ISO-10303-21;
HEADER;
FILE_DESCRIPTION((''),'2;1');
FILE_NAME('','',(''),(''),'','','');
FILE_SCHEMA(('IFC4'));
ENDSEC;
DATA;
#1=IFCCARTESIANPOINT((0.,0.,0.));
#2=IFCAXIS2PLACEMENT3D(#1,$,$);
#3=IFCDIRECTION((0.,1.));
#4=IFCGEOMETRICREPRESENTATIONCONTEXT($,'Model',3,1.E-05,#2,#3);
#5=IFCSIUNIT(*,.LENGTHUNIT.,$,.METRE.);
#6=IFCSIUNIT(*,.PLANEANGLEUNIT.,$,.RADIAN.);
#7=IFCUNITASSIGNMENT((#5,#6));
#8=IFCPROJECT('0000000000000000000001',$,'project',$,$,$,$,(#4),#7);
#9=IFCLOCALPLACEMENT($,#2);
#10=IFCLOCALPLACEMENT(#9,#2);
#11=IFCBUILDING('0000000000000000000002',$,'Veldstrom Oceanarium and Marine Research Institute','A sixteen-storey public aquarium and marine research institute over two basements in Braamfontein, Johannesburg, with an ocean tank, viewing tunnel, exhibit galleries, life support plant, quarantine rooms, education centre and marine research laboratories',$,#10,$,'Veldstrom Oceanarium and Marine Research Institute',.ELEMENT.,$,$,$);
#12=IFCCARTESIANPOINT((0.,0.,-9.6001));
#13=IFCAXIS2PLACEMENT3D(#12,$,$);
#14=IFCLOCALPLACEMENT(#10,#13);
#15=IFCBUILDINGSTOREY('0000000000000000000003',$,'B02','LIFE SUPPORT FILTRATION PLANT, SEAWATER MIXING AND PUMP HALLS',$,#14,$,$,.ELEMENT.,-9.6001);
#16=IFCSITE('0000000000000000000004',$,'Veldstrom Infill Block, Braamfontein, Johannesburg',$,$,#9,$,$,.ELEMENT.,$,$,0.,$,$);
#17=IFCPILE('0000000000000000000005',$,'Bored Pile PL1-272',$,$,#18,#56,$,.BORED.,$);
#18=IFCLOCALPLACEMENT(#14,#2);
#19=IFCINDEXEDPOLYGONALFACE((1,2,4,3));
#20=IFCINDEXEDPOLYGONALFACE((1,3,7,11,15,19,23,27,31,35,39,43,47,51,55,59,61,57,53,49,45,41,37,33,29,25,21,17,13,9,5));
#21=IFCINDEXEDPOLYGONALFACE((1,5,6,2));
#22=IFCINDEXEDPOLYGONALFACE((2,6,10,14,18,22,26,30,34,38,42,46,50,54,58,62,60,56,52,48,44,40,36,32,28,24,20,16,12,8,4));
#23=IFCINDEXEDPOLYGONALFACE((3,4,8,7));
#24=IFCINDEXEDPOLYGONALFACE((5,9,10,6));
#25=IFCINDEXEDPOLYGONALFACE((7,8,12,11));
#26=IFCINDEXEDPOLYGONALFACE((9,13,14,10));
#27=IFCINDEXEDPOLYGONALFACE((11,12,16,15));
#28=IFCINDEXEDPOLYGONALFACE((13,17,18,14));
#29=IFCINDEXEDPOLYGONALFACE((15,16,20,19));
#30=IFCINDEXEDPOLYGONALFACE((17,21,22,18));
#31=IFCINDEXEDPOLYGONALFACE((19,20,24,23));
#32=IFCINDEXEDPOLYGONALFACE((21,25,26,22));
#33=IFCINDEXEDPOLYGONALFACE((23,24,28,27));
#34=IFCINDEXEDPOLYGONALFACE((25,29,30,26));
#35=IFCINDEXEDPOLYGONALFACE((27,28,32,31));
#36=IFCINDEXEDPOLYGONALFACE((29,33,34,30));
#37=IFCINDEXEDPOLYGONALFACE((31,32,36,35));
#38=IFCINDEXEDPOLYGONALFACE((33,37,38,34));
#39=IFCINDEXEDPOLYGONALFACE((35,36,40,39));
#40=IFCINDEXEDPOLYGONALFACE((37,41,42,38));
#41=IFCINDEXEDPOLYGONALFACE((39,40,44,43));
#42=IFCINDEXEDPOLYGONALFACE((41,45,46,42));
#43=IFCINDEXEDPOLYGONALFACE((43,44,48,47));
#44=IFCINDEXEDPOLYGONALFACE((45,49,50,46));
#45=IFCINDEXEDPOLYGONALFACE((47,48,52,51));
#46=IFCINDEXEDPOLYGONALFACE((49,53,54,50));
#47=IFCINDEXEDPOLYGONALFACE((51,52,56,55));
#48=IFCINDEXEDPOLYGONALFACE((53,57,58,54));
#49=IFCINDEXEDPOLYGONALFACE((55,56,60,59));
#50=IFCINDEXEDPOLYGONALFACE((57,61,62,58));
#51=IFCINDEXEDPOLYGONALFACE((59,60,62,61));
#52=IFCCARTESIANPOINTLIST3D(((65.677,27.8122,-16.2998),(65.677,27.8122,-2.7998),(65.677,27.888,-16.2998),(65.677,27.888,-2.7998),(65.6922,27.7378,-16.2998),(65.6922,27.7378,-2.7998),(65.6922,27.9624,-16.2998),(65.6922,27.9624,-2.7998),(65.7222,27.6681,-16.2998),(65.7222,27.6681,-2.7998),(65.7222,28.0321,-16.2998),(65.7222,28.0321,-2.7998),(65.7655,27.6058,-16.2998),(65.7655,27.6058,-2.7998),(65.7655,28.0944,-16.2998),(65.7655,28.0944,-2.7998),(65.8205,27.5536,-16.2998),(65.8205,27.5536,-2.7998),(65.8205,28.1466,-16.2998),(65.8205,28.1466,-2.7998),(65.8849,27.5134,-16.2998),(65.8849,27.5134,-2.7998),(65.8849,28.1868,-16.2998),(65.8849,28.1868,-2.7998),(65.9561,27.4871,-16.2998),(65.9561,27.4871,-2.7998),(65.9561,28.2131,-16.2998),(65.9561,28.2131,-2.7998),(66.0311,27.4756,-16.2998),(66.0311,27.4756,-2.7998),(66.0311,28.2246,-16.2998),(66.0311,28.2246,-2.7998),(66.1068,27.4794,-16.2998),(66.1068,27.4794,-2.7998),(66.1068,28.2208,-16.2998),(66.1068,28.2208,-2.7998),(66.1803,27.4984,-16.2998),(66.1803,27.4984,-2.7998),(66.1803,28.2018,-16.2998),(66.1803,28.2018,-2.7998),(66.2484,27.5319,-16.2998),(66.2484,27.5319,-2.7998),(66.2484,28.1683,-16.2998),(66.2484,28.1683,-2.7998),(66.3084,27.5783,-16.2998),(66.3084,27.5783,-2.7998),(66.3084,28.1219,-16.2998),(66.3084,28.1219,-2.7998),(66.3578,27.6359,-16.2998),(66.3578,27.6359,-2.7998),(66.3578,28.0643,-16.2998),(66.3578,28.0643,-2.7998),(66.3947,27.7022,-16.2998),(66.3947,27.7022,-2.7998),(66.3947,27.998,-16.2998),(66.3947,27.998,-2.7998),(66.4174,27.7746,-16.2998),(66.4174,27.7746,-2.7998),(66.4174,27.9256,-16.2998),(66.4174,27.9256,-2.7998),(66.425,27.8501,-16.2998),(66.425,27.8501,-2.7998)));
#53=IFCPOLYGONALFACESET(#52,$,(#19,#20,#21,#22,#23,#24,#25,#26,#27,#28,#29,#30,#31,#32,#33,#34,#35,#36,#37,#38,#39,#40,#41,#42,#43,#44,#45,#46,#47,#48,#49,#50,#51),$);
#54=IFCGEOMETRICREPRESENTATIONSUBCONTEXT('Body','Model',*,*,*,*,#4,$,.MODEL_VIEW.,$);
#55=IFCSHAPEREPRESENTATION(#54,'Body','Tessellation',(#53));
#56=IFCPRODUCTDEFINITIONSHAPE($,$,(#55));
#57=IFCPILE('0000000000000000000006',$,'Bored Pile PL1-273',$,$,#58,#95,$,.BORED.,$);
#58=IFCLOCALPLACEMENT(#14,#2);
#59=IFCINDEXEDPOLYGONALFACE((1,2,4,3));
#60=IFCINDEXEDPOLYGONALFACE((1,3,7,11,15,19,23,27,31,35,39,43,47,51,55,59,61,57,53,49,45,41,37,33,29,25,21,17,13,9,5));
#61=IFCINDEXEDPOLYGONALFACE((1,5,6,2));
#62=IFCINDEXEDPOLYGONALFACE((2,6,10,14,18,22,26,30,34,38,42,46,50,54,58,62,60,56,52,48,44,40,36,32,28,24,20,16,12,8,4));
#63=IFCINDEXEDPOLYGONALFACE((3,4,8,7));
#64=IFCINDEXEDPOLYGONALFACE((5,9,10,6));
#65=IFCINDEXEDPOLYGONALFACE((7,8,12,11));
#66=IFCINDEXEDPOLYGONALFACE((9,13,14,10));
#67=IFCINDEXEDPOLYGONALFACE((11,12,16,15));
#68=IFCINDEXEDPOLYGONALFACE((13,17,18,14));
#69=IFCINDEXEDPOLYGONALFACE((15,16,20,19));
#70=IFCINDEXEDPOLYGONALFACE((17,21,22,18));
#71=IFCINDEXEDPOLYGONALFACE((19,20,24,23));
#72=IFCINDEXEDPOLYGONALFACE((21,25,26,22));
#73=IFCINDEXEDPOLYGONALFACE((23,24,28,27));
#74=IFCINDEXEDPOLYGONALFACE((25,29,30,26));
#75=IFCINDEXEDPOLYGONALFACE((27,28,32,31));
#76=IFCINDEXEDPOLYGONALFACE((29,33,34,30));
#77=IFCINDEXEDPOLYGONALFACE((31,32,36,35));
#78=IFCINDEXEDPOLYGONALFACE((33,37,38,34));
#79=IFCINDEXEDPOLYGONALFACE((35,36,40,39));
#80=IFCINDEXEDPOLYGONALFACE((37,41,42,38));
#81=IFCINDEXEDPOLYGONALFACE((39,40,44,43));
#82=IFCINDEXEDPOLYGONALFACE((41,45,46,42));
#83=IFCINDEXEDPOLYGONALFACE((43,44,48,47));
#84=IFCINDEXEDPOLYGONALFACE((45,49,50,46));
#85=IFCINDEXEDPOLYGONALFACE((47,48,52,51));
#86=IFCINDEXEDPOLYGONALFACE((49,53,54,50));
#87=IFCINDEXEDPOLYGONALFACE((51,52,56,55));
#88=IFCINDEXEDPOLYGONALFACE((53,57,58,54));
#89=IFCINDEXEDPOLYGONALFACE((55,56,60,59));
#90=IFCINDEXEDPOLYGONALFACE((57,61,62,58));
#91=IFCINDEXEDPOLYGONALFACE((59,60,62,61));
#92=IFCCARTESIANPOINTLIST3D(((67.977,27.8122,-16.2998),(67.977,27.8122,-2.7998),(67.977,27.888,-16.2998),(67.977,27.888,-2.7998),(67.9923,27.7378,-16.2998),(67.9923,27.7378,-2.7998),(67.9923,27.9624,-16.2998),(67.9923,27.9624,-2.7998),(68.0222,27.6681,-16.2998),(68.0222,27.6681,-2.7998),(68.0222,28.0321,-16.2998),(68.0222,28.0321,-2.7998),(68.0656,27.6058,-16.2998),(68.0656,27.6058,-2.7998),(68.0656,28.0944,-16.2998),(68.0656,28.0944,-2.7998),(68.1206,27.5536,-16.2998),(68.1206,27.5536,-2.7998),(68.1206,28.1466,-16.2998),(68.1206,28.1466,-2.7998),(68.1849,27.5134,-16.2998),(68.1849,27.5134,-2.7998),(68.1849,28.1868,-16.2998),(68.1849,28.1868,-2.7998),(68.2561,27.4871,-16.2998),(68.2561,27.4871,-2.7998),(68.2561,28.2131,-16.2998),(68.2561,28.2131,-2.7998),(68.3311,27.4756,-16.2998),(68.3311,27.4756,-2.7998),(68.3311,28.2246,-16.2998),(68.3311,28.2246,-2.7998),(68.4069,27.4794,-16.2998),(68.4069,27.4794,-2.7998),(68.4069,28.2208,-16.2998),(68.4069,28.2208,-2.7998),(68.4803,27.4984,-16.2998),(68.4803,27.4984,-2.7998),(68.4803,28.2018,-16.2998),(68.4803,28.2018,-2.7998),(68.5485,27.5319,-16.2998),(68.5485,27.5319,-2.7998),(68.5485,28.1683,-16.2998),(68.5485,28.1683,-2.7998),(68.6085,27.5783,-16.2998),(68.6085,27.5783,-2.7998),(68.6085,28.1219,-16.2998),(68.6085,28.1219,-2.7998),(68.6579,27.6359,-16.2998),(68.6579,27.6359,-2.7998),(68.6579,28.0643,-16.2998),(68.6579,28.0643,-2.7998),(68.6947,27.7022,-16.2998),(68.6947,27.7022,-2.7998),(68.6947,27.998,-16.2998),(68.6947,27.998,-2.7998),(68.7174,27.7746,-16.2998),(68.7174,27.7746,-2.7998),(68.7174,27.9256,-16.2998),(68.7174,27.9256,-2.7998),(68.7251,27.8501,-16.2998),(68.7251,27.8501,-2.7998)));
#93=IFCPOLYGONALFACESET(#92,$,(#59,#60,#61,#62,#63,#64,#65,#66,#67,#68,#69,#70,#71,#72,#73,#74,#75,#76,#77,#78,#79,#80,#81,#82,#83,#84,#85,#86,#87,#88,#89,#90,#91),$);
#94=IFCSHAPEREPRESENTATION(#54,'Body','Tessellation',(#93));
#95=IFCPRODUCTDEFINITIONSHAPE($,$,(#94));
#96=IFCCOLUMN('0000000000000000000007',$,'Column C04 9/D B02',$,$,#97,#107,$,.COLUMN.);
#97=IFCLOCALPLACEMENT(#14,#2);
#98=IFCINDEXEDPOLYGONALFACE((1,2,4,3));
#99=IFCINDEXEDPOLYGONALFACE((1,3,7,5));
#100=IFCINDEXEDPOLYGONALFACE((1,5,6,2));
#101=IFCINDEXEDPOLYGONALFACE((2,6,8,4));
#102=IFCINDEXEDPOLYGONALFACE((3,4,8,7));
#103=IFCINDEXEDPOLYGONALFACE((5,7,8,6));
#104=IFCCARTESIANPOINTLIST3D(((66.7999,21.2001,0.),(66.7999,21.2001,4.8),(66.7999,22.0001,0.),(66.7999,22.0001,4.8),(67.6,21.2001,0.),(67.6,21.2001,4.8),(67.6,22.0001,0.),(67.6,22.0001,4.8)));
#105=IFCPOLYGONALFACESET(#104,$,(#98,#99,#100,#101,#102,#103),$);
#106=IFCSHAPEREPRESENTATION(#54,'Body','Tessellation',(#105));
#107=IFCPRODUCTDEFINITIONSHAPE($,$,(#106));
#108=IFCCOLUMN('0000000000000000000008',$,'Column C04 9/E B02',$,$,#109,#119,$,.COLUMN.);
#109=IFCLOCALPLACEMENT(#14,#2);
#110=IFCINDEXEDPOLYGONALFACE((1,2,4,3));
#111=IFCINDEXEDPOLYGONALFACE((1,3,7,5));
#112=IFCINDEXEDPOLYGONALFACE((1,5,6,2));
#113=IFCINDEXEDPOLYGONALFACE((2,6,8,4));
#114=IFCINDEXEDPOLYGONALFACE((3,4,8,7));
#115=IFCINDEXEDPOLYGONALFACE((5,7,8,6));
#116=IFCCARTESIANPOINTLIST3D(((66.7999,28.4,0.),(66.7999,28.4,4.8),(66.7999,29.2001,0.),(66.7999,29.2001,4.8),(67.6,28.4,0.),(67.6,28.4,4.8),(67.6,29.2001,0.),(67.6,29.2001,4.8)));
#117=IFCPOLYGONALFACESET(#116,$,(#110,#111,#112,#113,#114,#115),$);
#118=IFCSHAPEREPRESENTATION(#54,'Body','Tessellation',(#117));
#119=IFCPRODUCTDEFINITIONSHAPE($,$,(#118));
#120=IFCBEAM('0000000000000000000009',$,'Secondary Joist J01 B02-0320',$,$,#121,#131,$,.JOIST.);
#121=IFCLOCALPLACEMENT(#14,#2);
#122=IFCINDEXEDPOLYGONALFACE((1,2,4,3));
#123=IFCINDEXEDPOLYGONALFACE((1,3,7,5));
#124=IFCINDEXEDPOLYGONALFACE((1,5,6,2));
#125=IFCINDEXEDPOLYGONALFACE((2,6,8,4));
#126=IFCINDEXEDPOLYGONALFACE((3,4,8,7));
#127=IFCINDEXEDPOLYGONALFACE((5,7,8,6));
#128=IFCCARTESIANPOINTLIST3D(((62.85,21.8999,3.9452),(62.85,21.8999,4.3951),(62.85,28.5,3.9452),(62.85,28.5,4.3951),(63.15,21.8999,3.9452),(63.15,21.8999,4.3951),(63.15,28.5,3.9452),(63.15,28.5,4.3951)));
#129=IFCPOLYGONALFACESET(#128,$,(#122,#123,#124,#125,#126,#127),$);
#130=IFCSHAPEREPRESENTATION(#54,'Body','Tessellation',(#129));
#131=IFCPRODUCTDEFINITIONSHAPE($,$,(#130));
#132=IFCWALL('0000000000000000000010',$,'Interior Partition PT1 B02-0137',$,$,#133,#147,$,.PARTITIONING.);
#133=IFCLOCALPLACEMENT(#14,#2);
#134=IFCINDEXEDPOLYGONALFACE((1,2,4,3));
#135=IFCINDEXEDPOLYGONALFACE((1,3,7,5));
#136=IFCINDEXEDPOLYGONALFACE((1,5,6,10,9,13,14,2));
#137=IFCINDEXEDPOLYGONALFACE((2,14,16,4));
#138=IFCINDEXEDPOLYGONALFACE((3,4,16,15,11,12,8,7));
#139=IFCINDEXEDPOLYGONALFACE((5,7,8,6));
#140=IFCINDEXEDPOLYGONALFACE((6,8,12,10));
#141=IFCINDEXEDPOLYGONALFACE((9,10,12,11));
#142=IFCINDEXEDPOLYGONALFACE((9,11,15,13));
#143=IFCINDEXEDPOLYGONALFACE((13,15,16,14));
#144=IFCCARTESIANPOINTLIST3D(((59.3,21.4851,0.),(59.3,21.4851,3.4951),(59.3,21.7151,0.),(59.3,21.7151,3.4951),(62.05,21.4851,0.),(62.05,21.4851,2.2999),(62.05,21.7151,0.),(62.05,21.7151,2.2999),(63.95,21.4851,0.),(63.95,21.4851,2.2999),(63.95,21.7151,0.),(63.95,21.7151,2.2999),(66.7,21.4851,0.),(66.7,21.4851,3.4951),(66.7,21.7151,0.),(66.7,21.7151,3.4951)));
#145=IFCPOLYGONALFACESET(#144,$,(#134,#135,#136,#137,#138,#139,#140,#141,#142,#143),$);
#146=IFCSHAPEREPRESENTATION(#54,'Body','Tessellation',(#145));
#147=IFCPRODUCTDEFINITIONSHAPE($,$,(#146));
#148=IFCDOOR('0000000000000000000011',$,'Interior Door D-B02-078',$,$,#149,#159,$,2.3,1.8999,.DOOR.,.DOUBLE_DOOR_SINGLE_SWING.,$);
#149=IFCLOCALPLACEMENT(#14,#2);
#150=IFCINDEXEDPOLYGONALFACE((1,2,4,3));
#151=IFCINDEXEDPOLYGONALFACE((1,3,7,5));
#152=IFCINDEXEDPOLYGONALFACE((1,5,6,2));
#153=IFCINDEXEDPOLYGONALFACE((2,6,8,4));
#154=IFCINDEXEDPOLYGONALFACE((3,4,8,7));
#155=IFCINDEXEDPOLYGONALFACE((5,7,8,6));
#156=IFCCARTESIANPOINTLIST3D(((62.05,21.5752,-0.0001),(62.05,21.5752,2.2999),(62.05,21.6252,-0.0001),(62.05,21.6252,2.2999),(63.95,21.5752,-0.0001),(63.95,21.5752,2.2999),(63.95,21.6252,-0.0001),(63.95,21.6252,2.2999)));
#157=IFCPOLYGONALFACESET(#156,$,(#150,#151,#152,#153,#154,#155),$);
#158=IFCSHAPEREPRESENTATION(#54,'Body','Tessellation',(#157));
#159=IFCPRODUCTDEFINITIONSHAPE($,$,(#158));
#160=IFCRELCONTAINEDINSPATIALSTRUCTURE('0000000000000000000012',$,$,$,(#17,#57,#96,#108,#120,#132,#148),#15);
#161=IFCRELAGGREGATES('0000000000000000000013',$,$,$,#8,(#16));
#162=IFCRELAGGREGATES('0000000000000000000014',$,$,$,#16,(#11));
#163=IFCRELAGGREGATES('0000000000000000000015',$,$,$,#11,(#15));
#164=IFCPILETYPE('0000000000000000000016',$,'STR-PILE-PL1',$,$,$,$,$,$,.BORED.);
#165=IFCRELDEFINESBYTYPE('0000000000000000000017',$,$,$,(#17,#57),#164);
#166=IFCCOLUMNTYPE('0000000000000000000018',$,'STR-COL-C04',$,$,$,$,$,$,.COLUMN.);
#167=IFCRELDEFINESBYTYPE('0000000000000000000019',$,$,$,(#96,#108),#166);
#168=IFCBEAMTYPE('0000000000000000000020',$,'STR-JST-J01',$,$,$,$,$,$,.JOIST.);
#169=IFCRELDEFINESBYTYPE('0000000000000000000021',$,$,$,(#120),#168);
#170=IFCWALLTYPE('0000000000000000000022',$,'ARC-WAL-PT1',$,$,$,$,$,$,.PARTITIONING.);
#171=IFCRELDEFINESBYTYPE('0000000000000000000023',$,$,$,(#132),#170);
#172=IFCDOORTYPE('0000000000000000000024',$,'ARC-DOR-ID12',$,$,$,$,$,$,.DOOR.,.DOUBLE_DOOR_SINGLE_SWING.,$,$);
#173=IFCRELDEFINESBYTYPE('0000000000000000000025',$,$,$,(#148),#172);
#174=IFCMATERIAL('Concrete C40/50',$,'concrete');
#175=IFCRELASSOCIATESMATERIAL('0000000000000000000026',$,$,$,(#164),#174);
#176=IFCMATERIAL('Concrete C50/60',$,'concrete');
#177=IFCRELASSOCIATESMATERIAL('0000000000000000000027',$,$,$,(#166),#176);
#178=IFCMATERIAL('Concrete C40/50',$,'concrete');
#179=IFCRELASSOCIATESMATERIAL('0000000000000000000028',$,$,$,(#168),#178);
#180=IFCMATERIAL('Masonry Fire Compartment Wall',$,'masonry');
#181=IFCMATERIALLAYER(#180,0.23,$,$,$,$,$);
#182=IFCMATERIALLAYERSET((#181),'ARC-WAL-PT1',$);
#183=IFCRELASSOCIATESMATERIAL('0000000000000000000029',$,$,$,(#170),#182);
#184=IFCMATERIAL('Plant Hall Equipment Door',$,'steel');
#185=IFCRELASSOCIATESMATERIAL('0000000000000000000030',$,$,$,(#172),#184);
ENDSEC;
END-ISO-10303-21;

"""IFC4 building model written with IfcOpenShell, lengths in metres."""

from ifc_helpers import new_model, si_unit, direction, frame, frame_2d, origin, origin_2d, place, context, subcontext, project, spatial, rectangle, circle, extrude, material, layer, layer_set, material_profile, profile_set, type_object, element, fill, save


model = new_model("IFC4")

# Units and contexts
model_context = context("Model", 3, precision=1e-05, world=origin(), true_north=direction((0.0, 1.0)))
body_context = subcontext(model_context, "Body", "Model", "MODEL_VIEW")
ifc_project = project(units=[si_unit("LENGTHUNIT", "METRE"), si_unit("PLANEANGLEUNIT", "RADIAN")], contexts=[model_context])

# Site, building, storey
site_placement = place(None, origin())
site = spatial("IfcSite", under=ifc_project, at=site_placement, Name="Veldstrom Infill Block, Braamfontein, Johannesburg", CompositionType="ELEMENT", RefElevation=0.0)
building_placement = place(site_placement, origin())
building = spatial("IfcBuilding", under=site, at=building_placement, Name="Veldstrom Oceanarium and Marine Research Institute", Description="A sixteen-storey public aquarium and marine research institute over two basements in Braamfontein, Johannesburg, with an ocean tank, viewing tunnel, exhibit galleries, life support plant, quarantine rooms, education centre and marine research laboratories", LongName="Veldstrom Oceanarium and Marine Research Institute", CompositionType="ELEMENT")
storey_placement = place(building_placement, frame((0.0, 0.0, -9.6001)))
storey = spatial("IfcBuildingStorey", under=building, at=storey_placement, Name="B02", Description="LIFE SUPPORT FILTRATION PLANT, SEAWATER MIXING AND PUMP HALLS", CompositionType="ELEMENT", Elevation=-9.6001)

# Piles
ifc_material_1 = material(Name="Concrete C40/50", Category="concrete")
ifc_material_profile_1 = material_profile(ifc_material_1, circle(Radius=0.375, at=origin_2d()), Name="PILE-D750")
ifc_profile_set_1 = profile_set([ifc_material_profile_1], Name="Concrete C40/50")
pile_type = type_object("IfcPileType", Name="STR-PILE-PL1", PredefinedType="BORED", material=ifc_profile_set_1)
for number, where, z_axis, x_axis, name in (
    (1, (66.05, 27.8501, -2.7998), (0.0, 0.0, -1.0), (1.0, 0.0, 0.0), "Bored Pile PL1-272"),
    (2, (68.3501, 27.8501, -2.7998), (0.0, 0.0, -1.0), (1.0, 0.0, 0.0), "Bored Pile PL1-273"),
):
    element("IfcPile", number, at=place(storey_placement, frame(where, z_axis=z_axis, x_axis=x_axis)), inside=storey, type_object=pile_type, Name=name, PredefinedType="BORED", context=body_context, shape_type="SweptSolid", body=[
        extrude(circle(Radius=0.375, at=origin_2d()), origin(), (0.0, 0.0, 1.0), 13.5),
    ])

# Columns
ifc_material_2 = material(Name="Concrete C50/60", Category="concrete")
ifc_material_profile_2 = material_profile(ifc_material_2, rectangle(XDim=0.8, YDim=0.8, at=origin_2d()), Name="RC-COL-800x800")
ifc_profile_set_2 = profile_set([ifc_material_profile_2], Name="Concrete C50/60")
column_type = type_object("IfcColumnType", Name="STR-COL-C04", PredefinedType="COLUMN", material=ifc_profile_set_2)
for number, where, z_axis, x_axis, name in (
    (3, (67.2, 21.6001, 0.0), (0.0, 0.0, 1.0), (1.0, 0.0, 0.0), "Column C04 9/D B02"),
    (4, (67.2, 28.8, 0.0), (0.0, 0.0, 1.0), (1.0, 0.0, 0.0), "Column C04 9/E B02"),
):
    element("IfcColumn", number, at=place(storey_placement, frame(where, z_axis=z_axis, x_axis=x_axis)), inside=storey, type_object=column_type, Name=name, PredefinedType="COLUMN", context=body_context, shape_type="SweptSolid", body=[
        extrude(rectangle(XDim=0.8, YDim=0.8, at=origin_2d()), origin(), (0.0, 0.0, 1.0), 4.8),
    ])

# Beam
ifc_material_3 = material(Name="Concrete C40/50", Category="concrete")
ifc_material_profile_3 = material_profile(ifc_material_3, rectangle(XDim=0.3, YDim=0.45, at=origin_2d()), Name="RC-JST-300x450")
ifc_profile_set_3 = profile_set([ifc_material_profile_3], Name="Concrete C40/50")
beam_type = type_object("IfcBeamType", Name="STR-JST-J01", PredefinedType="JOIST", material=ifc_profile_set_3)
beam_placement = place(storey_placement, frame((63.0, 21.8999, 4.1702), z_axis=(0.0, 1.0, 0.0), x_axis=(-1.0, 0.0, 0.0)))
element("IfcBeam", 5, at=beam_placement, inside=storey, type_object=beam_type, Name="Secondary Joist J01 B02-0320", PredefinedType="JOIST", context=body_context, shape_type="SweptSolid", body=[
    extrude(rectangle(XDim=0.3, YDim=0.45, at=origin_2d()), origin(), (0.0, 0.0, 1.0), 6.6001),
])

# Wall, opening, door
ifc_material_4 = material(Name="Masonry Fire Compartment Wall", Category="masonry")
ifc_layer_1 = layer(ifc_material_4, 0.23)
ifc_layer_set_1 = layer_set([ifc_layer_1], Name="ARC-WAL-PT1")
wall_type_1 = type_object("IfcWallType", Name="ARC-WAL-PT1", PredefinedType="PARTITIONING", material=ifc_layer_set_1)
wall_1_placement = place(storey_placement, frame((59.3, 21.6001, 0.0), z_axis=(0.0, 0.0, 1.0), x_axis=(1.0, 0.0, 0.0)))
wall_1 = element("IfcWall", 6, at=wall_1_placement, inside=storey, type_object=wall_type_1, Name="Interior Partition PT1 B02-0137", PredefinedType="PARTITIONING", context=body_context, shape_type="SweptSolid", body=[
    extrude(rectangle(XDim=7.3999, YDim=0.23, at=frame_2d((3.7, 0.0))), origin(), (0.0, 0.0, 1.0), 3.4951),
])
opening_1_placement = place(wall_1_placement, frame((2.75, 0.0, 0.0)))
opening_1 = element("IfcOpeningElement", 7, at=opening_1_placement, cuts=wall_1, PredefinedType="OPENING", context=body_context, shape_type="SweptSolid", body=[
    extrude(rectangle(XDim=1.8999, YDim=2.3, at=frame_2d((0.95, 1.1499))), frame((0.0, 0.125, 0.0), z_axis=(0.0, -1.0, 0.0), x_axis=(1.0, 0.0, 0.0)), (0.0, 0.0, 1.0), 0.25),
])
ifc_material_5 = material(Name="Plant Hall Equipment Door", Category="steel")
door_type_1 = type_object("IfcDoorType", Name="ARC-DOR-ID12", OperationType="DOUBLE_DOOR_SINGLE_SWING", PredefinedType="DOOR", material=ifc_material_5)
door_1_placement = place(opening_1_placement, frame((1.8999, 0.0, 0.0), z_axis=(0.0, 0.0, 1.0), x_axis=(-1.0, 0.0, 0.0)))
door_1 = element("IfcDoor", 8, at=door_1_placement, inside=storey, type_object=door_type_1, Name="Interior Door D-B02-078", OperationType="DOUBLE_DOOR_SINGLE_SWING", OverallHeight=2.3, OverallWidth=1.8999, PredefinedType="DOOR", context=body_context, shape_type="SweptSolid", body=[
    extrude(rectangle(XDim=1.8999, YDim=2.3, at=frame_2d((0.95, 1.1499))), frame((0.0, 0.0249, 0.0), z_axis=(0.0, -1.0, 0.0), x_axis=(1.0, 0.0, 0.0)), (0.0, 0.0, 1.0), 0.05),
])
fill(opening_1, door_1)

save(model, "model.ifc")
